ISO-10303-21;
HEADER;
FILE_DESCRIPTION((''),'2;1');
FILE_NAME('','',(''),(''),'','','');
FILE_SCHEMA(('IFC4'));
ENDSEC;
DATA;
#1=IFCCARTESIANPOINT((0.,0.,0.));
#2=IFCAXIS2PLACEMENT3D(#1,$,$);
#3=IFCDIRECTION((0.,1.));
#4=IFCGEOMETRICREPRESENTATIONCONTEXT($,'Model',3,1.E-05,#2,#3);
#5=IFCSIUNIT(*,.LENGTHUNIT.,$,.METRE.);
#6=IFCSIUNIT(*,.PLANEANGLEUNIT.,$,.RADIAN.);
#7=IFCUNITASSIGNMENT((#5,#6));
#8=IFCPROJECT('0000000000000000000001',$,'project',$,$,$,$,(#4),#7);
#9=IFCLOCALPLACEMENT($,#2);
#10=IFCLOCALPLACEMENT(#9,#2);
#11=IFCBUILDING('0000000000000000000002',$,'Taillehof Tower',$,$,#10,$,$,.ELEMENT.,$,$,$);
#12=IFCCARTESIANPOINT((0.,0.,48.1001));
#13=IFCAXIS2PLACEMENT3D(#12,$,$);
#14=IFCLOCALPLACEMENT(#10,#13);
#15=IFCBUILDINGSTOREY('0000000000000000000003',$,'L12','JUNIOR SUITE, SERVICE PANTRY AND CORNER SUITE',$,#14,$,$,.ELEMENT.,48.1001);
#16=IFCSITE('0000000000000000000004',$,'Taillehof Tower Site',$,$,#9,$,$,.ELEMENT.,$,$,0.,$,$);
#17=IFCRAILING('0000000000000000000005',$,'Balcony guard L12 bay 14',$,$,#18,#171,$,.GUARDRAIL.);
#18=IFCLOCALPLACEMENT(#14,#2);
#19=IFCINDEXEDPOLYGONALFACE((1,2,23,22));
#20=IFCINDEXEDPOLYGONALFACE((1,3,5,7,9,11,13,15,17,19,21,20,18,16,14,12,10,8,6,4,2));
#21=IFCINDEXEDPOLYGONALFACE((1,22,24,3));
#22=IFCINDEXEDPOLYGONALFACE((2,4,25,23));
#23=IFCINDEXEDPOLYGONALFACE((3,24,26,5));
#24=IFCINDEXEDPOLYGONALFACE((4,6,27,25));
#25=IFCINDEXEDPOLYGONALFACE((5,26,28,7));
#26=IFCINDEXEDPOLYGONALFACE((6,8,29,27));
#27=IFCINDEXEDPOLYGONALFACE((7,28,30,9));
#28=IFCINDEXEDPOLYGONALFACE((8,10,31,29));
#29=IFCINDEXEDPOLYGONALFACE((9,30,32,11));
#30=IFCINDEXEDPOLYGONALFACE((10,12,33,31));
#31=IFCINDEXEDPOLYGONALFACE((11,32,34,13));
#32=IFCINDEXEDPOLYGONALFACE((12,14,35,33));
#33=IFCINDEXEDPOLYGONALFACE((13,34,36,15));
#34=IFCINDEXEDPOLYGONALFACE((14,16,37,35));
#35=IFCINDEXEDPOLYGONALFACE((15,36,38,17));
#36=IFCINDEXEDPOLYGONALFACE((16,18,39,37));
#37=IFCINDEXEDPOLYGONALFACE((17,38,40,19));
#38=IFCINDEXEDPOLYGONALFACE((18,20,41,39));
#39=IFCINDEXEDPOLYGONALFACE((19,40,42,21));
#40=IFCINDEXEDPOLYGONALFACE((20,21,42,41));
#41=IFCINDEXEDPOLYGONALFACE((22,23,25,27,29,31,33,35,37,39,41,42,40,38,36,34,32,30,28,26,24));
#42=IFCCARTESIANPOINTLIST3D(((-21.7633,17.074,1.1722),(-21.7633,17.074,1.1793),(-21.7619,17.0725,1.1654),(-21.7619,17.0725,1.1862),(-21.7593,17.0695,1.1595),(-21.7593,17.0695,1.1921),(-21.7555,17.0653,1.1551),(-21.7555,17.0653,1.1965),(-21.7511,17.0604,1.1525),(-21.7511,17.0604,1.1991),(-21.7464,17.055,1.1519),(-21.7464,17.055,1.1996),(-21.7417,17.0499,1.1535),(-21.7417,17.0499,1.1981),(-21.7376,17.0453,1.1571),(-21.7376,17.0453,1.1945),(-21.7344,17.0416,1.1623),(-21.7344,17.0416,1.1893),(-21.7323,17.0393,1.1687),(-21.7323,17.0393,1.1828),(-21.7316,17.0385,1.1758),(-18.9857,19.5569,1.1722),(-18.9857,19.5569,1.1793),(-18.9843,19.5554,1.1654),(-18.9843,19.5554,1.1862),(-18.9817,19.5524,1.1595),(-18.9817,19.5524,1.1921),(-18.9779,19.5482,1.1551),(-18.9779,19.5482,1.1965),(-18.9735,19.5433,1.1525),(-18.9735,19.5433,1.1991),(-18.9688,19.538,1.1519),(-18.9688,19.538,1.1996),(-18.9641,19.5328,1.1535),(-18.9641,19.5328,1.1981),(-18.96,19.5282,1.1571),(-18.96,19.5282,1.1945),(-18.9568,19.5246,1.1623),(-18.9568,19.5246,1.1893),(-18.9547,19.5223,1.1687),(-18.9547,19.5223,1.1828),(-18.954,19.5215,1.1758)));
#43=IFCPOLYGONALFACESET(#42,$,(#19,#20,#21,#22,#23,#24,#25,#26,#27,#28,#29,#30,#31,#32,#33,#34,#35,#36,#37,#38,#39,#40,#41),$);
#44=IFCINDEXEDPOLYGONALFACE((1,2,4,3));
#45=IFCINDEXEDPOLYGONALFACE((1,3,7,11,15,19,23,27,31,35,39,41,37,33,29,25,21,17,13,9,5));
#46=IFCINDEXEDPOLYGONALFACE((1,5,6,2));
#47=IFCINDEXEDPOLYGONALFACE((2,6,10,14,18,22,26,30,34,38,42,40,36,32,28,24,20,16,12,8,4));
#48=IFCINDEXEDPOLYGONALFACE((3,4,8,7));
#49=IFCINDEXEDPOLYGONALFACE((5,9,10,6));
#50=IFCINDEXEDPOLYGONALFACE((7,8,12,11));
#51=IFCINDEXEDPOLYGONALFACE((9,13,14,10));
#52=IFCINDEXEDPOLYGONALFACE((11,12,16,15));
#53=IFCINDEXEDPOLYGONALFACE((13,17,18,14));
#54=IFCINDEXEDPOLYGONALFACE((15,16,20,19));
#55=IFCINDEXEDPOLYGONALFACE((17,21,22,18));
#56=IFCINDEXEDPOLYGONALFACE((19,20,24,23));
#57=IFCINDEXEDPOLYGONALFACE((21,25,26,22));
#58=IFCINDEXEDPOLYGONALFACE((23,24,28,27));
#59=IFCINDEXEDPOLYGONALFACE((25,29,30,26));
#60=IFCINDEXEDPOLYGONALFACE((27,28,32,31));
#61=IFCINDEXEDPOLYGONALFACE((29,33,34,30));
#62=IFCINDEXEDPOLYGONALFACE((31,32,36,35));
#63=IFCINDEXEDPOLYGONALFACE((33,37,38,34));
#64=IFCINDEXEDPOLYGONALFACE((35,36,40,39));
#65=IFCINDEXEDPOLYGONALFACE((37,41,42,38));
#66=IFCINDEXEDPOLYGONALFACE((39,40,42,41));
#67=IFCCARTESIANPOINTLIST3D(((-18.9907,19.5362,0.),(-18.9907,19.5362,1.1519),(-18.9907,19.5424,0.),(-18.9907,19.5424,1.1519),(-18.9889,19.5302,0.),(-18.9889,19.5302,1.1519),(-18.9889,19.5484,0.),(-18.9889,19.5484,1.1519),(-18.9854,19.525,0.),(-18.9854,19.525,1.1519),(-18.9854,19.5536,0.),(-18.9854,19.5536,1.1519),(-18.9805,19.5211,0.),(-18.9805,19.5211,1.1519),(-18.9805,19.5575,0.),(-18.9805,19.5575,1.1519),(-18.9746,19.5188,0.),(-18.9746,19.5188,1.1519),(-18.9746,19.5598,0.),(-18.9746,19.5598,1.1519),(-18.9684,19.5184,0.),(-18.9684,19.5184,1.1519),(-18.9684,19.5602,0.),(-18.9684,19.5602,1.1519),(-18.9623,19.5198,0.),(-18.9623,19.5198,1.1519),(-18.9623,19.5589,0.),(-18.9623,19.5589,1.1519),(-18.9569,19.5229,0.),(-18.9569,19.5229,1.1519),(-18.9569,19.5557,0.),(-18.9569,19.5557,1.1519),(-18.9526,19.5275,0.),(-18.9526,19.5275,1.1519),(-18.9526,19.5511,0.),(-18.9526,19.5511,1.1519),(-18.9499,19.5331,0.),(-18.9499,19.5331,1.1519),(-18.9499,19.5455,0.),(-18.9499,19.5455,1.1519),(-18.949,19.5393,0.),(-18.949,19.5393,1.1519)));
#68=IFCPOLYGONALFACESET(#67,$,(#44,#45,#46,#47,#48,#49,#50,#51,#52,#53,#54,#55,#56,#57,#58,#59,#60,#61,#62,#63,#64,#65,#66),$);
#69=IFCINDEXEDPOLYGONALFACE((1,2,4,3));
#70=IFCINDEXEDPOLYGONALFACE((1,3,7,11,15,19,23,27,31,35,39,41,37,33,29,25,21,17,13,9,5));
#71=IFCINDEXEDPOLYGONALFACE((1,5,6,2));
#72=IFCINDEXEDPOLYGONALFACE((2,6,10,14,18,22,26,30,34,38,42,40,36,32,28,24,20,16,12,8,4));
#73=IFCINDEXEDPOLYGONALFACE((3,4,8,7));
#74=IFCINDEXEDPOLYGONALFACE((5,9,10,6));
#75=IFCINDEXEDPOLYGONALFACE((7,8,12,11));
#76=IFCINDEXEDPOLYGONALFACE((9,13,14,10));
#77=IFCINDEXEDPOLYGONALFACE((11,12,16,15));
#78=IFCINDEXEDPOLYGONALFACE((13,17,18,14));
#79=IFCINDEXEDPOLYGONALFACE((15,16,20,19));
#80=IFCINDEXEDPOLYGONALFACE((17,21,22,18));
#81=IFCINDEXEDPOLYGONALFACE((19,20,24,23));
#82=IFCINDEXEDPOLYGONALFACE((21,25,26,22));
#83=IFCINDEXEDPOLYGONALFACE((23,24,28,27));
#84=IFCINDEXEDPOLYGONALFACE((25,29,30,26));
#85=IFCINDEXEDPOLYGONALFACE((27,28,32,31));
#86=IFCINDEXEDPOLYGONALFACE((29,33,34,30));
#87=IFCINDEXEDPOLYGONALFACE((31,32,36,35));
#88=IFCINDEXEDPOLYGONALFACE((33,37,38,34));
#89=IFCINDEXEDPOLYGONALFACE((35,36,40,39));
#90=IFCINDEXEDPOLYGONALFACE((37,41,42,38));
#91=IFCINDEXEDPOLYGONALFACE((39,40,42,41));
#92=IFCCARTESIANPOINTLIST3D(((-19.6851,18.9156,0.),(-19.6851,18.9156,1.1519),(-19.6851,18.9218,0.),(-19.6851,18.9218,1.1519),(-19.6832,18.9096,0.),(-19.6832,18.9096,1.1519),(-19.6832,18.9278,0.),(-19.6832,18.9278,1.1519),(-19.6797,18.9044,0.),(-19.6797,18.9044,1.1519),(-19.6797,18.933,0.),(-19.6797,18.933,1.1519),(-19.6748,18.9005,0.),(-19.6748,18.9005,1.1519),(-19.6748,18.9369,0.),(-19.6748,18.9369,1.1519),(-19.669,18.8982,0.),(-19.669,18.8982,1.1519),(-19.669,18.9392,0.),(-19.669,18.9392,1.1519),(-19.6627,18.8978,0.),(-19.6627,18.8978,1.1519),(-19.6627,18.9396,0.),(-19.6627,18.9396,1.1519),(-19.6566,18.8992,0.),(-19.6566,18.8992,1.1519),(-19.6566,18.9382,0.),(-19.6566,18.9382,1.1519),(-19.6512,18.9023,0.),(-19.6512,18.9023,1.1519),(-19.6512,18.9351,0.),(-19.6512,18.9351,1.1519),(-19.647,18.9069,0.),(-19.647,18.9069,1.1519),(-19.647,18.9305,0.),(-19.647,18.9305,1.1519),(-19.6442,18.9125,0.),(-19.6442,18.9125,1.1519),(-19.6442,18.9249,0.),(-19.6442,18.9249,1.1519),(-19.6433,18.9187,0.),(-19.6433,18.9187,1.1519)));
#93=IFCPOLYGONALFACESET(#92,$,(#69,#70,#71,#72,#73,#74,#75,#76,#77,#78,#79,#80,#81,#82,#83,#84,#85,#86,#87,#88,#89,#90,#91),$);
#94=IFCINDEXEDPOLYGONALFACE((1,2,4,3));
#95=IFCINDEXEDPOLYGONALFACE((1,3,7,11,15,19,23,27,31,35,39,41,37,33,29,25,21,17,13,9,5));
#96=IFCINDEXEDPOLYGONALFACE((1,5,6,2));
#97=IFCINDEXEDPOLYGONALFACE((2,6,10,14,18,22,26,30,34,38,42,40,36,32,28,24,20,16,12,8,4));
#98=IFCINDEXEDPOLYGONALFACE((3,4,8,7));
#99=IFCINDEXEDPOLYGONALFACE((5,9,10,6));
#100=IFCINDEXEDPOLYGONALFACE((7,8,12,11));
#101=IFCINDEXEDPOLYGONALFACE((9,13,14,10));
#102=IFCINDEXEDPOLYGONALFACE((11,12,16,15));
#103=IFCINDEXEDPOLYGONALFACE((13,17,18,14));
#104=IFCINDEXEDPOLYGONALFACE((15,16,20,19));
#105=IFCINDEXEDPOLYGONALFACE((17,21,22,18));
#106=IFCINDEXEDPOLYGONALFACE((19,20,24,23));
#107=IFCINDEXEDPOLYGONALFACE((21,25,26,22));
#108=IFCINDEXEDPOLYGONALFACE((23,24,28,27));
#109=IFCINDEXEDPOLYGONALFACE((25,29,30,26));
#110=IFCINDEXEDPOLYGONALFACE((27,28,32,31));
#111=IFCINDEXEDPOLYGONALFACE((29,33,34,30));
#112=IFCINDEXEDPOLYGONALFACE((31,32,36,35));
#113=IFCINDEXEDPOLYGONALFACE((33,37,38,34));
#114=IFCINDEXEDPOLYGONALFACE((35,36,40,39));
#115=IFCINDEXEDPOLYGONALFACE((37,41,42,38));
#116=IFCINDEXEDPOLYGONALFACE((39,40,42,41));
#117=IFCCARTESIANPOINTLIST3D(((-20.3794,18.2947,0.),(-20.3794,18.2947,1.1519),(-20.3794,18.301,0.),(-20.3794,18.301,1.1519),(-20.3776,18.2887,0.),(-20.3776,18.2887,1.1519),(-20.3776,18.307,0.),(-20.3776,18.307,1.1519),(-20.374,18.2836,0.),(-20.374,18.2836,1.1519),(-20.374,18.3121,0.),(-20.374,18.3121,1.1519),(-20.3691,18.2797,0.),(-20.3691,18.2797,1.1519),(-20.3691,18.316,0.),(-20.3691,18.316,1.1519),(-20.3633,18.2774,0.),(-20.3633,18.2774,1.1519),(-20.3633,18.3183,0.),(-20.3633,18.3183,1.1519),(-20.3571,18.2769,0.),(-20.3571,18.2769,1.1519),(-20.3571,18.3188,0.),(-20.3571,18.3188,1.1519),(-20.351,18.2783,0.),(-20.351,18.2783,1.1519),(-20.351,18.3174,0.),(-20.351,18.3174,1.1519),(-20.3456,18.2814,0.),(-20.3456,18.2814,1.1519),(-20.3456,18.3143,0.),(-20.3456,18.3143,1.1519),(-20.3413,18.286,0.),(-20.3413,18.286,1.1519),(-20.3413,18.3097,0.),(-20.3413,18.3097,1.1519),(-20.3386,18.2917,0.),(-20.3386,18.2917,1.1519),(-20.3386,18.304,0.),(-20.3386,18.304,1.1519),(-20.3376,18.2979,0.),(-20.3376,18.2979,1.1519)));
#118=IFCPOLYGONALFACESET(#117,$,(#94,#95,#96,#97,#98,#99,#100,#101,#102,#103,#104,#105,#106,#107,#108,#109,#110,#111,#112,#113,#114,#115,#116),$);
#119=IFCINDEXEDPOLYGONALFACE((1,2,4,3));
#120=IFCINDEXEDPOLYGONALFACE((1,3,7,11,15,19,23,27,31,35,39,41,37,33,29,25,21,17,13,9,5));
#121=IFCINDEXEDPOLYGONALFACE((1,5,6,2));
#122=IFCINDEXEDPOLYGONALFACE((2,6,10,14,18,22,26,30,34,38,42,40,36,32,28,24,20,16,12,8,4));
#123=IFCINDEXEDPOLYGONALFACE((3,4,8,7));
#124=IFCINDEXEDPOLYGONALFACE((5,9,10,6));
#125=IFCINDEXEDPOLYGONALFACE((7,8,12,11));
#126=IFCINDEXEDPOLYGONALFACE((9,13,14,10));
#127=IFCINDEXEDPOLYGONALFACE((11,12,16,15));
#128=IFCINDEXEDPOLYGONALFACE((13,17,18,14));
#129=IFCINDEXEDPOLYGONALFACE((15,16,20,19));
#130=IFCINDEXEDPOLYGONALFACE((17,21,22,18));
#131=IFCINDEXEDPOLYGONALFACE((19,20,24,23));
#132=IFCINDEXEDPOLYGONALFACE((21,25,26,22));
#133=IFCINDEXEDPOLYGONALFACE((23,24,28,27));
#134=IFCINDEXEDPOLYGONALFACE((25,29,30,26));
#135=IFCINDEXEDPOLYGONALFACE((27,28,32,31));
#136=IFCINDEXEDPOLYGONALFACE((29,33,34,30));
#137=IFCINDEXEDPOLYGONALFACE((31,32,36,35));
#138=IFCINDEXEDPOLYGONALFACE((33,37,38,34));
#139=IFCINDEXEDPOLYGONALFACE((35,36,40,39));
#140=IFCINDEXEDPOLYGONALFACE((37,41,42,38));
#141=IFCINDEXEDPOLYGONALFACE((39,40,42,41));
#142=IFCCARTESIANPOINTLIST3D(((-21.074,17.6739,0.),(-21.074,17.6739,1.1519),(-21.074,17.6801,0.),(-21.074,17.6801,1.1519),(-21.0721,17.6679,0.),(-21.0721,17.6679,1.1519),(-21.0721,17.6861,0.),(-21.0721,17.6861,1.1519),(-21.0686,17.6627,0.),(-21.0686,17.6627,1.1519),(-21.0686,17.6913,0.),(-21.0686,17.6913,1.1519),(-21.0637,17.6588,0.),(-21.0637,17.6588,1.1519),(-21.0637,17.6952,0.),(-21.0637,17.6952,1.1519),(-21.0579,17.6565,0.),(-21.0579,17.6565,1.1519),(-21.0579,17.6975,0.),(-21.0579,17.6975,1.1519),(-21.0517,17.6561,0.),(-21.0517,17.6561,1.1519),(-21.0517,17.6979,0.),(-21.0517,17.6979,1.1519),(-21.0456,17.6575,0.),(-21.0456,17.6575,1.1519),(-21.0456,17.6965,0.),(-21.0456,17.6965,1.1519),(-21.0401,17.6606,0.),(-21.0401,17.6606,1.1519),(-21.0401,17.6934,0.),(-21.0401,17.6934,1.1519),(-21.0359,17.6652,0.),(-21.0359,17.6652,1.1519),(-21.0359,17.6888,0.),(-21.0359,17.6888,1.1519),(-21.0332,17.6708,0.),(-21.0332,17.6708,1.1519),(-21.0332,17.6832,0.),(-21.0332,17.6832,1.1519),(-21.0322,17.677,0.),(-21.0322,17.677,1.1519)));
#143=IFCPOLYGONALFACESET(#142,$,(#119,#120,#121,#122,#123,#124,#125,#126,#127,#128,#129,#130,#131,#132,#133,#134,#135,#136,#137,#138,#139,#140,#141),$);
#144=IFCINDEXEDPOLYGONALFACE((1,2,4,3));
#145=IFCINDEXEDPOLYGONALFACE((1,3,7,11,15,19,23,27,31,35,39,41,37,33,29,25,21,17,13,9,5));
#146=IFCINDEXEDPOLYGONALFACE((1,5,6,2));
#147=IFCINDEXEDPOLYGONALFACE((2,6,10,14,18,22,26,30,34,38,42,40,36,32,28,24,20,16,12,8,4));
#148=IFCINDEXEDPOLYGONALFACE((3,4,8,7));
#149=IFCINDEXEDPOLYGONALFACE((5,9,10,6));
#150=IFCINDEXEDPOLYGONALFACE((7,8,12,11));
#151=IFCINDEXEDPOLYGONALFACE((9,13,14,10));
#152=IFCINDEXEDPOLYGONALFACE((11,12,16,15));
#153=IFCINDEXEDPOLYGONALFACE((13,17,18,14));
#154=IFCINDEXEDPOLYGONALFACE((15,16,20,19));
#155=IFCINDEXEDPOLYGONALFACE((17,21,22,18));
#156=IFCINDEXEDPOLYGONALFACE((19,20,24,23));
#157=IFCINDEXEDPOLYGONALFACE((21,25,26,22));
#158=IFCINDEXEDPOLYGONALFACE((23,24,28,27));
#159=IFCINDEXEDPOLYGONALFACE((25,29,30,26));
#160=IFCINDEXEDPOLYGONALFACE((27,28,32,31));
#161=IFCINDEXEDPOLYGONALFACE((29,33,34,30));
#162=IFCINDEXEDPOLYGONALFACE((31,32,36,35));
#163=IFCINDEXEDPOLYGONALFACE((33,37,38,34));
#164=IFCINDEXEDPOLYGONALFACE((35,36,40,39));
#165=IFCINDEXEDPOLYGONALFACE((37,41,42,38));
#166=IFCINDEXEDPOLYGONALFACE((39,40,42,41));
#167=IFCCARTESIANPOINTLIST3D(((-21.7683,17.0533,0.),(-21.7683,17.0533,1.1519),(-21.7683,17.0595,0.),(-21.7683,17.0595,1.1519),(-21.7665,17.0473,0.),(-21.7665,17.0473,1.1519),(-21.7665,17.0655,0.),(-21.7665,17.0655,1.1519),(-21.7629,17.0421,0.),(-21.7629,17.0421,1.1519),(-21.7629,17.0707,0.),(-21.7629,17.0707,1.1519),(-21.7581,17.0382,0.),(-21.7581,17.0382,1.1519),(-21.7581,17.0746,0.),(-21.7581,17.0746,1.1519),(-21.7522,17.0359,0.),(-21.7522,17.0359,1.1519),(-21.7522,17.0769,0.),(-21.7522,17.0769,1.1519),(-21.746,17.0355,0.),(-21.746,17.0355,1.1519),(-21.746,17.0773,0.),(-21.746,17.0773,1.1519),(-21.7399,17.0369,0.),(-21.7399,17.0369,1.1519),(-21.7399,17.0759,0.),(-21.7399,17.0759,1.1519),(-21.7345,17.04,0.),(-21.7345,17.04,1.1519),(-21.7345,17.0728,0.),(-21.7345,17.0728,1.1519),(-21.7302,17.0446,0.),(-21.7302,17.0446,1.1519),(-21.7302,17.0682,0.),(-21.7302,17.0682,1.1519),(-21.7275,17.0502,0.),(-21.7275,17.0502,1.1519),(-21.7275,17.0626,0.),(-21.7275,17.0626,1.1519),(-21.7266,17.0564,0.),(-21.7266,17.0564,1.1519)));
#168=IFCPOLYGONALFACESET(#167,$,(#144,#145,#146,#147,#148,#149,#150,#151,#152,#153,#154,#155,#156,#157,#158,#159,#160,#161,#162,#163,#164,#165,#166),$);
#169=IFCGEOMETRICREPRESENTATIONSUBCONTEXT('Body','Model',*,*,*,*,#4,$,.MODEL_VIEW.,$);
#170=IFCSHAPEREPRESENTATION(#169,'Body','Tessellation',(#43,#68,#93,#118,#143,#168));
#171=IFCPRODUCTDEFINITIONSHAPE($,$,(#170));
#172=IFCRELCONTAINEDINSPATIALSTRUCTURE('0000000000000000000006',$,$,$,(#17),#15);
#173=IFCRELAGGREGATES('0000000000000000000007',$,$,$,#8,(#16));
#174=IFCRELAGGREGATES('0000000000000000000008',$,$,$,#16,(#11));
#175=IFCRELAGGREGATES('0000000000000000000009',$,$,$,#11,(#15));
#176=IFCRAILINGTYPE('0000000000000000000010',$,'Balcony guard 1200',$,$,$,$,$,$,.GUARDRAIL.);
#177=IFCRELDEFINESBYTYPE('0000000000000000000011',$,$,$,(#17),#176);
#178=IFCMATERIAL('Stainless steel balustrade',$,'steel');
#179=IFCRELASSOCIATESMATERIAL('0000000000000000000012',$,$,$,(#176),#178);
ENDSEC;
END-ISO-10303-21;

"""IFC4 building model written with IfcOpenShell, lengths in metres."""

from ifc_helpers import new_model, si_unit, direction, frame, origin, origin_2d, place, context, subcontext, project, spatial, circle, extrude, material, type_object, element, save


model = new_model("IFC4")

# Units and contexts
model_context = context("Model", 3, precision=1e-05, world=origin(), true_north=direction((0.0, 1.0)))
body_context = subcontext(model_context, "Body", "Model", "MODEL_VIEW")
ifc_project = project(units=[si_unit("LENGTHUNIT", "METRE"), si_unit("PLANEANGLEUNIT", "RADIAN")], contexts=[model_context])

# Site, building, storey
site_placement = place(None, origin())
site = spatial("IfcSite", under=ifc_project, at=site_placement, Name="Taillehof Tower Site", CompositionType="ELEMENT", RefElevation=0.0)
building_placement = place(site_placement, origin())
building = spatial("IfcBuilding", under=site, at=building_placement, Name="Taillehof Tower", CompositionType="ELEMENT")
storey_placement = place(building_placement, frame((0.0, 0.0, 48.1001)))
storey = spatial("IfcBuildingStorey", under=building, at=storey_placement, Name="L12", Description="JUNIOR SUITE, SERVICE PANTRY AND CORNER SUITE", CompositionType="ELEMENT", Elevation=48.1001)

# Railing
ifc_material_1 = material(Name="Stainless steel balustrade", Category="steel")
railing_type = type_object("IfcRailingType", Name="Balcony guard 1200", PredefinedType="GUARDRAIL", material=ifc_material_1)
railing_1_placement = place(storey_placement, frame((-18.97, 19.5393, 0.0)))
element("IfcRailing", 1, at=railing_1_placement, inside=storey, type_object=railing_type, Name="Balcony guard L12 bay 14", PredefinedType="GUARDRAIL", context=body_context, shape_type="SweptSolid", body=[
    extrude(circle(Radius=0.0239, at=origin_2d()), frame((0.0, 0.0, 1.1758), z_axis=(-0.745548, -0.666452, 0.0), x_axis=(0.666452, -0.745548, 0.0)), (0.0, 0.0, 1.0), 3.7256),
    extrude(circle(Radius=0.021, at=origin_2d()), origin(), (0.0, 0.0, 1.0), 1.1519),
    extrude(circle(Radius=0.021, at=origin_2d()), frame((-0.6943, -0.6206, 0.0)), (0.0, 0.0, 1.0), 1.1519),
    extrude(circle(Radius=0.021, at=origin_2d()), frame((-1.3887, -1.2415, 0.0)), (0.0, 0.0, 1.0), 1.1519),
    extrude(circle(Radius=0.021, at=origin_2d()), frame((-2.0833, -1.8623, 0.0)), (0.0, 0.0, 1.0), 1.1519),
    extrude(circle(Radius=0.021, at=origin_2d()), frame((-2.7776, -2.4829, 0.0)), (0.0, 0.0, 1.0), 1.1519),
])

save(model, "model.ifc")
